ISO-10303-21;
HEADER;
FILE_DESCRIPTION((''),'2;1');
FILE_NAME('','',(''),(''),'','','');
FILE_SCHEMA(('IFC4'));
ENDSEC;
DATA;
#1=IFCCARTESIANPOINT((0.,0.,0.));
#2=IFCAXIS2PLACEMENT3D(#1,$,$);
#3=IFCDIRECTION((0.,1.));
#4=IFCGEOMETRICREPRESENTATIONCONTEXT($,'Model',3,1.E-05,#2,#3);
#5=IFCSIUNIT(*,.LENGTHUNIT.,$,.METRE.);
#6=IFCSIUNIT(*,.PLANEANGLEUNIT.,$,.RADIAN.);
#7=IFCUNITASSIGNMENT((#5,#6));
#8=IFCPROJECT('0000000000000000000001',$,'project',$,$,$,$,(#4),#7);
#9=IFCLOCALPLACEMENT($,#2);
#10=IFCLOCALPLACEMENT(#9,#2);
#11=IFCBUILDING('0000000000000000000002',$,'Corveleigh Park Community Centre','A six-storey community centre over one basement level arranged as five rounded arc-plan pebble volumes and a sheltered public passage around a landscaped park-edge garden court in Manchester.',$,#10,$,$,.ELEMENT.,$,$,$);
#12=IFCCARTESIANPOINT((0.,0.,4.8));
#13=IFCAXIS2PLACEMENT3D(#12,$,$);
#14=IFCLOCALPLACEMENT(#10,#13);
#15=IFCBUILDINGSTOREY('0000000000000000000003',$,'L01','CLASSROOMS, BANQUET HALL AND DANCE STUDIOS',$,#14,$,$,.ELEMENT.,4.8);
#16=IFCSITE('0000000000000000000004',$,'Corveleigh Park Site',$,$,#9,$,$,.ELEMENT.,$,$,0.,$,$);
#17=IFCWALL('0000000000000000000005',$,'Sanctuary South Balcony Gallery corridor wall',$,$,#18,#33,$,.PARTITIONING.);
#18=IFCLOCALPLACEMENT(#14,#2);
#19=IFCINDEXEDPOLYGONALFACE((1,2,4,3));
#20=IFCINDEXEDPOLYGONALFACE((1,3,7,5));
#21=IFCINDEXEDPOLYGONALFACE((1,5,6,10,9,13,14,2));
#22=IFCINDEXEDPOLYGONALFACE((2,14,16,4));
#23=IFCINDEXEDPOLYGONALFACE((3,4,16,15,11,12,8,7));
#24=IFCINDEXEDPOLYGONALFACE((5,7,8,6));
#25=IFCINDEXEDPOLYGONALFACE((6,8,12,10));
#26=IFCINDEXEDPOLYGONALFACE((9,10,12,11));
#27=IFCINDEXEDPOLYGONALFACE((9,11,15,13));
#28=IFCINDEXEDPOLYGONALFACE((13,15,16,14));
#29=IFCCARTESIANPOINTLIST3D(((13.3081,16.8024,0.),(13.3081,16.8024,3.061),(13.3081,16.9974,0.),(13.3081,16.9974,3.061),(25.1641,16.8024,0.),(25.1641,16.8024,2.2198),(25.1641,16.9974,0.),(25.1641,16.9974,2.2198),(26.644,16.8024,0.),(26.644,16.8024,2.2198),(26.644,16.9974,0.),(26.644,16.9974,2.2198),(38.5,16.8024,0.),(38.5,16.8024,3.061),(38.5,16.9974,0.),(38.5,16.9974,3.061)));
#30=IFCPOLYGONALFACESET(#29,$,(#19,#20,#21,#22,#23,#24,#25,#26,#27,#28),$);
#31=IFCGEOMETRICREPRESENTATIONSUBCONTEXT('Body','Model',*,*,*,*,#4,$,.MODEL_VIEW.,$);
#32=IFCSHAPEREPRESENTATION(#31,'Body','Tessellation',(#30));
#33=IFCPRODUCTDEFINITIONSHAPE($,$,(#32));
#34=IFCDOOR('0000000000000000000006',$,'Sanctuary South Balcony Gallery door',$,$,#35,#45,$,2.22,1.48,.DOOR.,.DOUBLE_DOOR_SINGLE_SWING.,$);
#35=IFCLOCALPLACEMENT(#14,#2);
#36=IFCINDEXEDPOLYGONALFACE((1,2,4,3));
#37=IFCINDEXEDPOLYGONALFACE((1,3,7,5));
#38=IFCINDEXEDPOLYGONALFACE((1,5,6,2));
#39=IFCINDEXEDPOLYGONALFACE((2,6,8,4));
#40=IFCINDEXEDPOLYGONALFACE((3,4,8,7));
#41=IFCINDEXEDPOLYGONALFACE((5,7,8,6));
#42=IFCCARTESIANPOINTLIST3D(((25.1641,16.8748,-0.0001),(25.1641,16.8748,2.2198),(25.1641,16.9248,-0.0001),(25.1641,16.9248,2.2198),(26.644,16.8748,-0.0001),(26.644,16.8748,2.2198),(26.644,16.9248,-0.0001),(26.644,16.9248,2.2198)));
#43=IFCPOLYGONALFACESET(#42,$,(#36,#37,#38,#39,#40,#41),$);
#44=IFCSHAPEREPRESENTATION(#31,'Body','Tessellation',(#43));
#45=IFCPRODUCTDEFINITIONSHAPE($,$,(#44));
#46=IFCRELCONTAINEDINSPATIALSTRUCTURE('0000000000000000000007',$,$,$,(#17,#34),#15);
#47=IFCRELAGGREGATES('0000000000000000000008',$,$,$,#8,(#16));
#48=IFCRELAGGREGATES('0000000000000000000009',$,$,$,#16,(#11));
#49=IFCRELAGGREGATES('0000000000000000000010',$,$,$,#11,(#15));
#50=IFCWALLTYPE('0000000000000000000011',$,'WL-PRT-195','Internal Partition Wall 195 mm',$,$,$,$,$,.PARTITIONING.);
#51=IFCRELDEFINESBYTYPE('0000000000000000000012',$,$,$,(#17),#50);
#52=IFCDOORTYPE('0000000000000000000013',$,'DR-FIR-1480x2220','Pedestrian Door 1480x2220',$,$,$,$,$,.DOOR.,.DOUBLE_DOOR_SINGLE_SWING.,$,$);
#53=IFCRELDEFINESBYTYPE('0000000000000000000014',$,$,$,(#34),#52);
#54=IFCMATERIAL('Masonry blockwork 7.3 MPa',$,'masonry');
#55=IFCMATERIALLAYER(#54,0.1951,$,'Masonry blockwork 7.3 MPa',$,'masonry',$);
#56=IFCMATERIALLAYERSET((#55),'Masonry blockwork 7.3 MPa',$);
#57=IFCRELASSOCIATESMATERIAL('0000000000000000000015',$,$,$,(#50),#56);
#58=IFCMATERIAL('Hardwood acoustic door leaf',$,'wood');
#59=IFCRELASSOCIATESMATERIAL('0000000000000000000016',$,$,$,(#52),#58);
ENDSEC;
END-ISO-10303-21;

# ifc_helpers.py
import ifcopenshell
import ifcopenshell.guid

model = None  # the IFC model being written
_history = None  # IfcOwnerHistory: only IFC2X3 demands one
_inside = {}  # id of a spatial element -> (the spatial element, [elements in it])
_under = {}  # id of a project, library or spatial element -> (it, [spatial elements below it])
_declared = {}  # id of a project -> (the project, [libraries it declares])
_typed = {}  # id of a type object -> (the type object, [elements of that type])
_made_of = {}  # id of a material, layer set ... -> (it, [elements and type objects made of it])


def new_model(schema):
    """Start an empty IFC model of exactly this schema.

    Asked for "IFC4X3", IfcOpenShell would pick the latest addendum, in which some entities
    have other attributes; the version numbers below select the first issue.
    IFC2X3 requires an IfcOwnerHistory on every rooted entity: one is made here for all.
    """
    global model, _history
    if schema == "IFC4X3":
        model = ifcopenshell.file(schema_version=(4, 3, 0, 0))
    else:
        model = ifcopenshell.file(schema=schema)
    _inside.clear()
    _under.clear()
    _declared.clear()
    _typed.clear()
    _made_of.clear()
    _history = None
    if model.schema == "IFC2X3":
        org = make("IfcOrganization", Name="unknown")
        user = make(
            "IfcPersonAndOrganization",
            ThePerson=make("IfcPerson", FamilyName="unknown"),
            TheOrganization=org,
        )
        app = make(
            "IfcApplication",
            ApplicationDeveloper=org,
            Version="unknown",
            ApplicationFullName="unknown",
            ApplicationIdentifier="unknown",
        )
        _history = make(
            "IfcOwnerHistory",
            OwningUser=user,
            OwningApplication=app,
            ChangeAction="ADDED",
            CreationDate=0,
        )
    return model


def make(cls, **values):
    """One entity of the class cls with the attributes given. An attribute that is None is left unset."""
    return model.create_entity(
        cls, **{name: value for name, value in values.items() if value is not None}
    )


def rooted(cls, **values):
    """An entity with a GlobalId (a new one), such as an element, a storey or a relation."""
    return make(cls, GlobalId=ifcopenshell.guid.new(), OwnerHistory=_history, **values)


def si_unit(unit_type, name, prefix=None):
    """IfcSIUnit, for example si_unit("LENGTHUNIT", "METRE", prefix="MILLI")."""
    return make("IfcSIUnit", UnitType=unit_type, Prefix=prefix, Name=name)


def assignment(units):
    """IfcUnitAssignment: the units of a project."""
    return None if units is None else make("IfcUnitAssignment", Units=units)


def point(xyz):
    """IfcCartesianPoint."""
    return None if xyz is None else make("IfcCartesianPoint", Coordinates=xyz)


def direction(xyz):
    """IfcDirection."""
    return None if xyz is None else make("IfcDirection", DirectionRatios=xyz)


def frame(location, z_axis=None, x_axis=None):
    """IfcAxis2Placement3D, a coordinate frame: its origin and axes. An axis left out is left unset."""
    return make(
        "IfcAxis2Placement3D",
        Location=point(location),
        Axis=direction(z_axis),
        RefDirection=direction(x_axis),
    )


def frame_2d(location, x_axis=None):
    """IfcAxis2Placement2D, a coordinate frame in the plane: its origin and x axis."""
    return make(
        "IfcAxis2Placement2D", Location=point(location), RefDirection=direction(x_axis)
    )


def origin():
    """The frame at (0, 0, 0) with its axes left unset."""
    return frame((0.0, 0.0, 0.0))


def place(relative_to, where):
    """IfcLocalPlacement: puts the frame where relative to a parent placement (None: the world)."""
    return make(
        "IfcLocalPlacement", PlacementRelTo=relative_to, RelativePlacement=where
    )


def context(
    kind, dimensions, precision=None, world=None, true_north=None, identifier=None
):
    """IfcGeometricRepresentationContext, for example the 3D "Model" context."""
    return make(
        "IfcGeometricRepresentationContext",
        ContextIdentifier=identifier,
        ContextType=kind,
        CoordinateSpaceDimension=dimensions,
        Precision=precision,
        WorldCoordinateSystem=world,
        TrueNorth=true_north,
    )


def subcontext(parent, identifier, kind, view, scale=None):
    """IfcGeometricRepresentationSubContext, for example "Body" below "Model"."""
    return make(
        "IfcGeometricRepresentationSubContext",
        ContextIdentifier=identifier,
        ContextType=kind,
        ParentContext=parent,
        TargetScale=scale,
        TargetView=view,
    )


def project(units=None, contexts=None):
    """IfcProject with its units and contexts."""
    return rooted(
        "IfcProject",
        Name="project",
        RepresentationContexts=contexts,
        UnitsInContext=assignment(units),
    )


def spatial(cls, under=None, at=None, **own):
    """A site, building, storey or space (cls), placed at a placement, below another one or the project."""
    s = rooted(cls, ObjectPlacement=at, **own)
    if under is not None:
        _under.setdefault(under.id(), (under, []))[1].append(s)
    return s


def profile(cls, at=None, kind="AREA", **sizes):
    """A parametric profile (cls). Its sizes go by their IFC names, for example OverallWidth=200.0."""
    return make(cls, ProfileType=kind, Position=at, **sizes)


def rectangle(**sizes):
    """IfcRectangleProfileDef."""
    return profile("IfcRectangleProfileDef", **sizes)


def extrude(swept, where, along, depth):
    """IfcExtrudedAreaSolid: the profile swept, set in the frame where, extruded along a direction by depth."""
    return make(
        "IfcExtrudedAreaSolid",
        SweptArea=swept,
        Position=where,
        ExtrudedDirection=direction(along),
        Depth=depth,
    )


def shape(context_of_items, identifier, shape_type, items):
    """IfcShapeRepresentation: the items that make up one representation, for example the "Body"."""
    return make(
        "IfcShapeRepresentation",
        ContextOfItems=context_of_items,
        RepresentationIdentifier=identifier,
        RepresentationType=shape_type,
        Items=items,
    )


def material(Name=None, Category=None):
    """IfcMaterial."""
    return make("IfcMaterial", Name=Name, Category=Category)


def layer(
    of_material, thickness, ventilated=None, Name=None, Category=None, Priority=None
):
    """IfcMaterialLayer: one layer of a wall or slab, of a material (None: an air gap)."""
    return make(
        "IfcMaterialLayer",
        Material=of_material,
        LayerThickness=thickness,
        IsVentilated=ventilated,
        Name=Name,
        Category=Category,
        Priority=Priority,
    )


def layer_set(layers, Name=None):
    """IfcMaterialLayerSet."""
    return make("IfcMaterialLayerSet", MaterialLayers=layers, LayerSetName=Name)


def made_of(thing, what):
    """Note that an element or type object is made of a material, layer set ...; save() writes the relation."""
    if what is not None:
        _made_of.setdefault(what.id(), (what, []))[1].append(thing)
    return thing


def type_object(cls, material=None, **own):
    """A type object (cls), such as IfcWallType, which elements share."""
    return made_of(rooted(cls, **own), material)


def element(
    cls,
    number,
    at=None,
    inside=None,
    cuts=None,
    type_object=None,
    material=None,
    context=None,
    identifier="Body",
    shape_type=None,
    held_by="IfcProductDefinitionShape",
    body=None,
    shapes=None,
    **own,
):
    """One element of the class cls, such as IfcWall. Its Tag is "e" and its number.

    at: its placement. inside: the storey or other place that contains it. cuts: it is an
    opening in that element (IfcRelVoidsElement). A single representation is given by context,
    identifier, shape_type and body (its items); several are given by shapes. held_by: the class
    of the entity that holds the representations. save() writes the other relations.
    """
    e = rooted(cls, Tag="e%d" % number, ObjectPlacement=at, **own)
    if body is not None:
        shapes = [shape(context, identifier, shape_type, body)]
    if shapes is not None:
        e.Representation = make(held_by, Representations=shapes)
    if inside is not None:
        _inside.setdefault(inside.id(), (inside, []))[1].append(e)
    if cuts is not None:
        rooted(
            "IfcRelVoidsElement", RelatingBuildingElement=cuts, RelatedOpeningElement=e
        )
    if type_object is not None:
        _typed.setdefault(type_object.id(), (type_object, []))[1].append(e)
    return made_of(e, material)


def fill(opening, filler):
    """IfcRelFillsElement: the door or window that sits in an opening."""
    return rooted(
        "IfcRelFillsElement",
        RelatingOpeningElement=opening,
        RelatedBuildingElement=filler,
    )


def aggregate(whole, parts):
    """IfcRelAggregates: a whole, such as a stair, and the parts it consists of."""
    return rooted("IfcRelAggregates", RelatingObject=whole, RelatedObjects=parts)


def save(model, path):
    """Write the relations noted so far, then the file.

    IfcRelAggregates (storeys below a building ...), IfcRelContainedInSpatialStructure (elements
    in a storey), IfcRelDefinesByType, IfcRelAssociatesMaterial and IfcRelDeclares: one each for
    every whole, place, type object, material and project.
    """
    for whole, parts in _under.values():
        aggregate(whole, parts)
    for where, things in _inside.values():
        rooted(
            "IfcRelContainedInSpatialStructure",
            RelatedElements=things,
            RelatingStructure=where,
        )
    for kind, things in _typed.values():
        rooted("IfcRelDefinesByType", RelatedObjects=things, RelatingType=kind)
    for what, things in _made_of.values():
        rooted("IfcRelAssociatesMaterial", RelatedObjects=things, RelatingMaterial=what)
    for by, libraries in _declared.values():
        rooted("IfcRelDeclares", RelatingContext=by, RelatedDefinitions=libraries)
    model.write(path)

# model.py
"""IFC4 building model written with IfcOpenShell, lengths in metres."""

from ifc_helpers import new_model, si_unit, direction, frame, frame_2d, origin, place, context, subcontext, project, spatial, rectangle, extrude, material, layer, layer_set, type_object, element, fill, save


model = new_model("IFC4")

# Units and contexts
model_context = context("Model", 3, precision=1e-05, world=origin(), true_north=direction((0.0, 1.0)))
body_context = subcontext(model_context, "Body", "Model", "MODEL_VIEW")
ifc_project = project(units=[si_unit("LENGTHUNIT", "METRE"), si_unit("PLANEANGLEUNIT", "RADIAN")], contexts=[model_context])

# Site, building, storey
site_placement = place(None, origin())
site = spatial("IfcSite", under=ifc_project, at=site_placement, Name="Corveleigh Park Site", CompositionType="ELEMENT", RefElevation=0.0)
building_placement = place(site_placement, origin())
building = spatial("IfcBuilding", under=site, at=building_placement, Name="Corveleigh Park Community Centre", Description="A six-storey community centre over one basement level arranged as five rounded arc-plan pebble volumes and a sheltered public passage around a landscaped park-edge garden court in Manchester.", CompositionType="ELEMENT")
storey_placement = place(building_placement, frame((0.0, 0.0, 4.8)))
storey = spatial("IfcBuildingStorey", under=building, at=storey_placement, Name="L01", Description="CLASSROOMS, BANQUET HALL AND DANCE STUDIOS", CompositionType="ELEMENT", Elevation=4.8)

# Wall, opening, door
ifc_material_1 = material(Name="Masonry blockwork 7.3 MPa", Category="masonry")
ifc_layer_1 = layer(ifc_material_1, 0.1951, Name="Masonry blockwork 7.3 MPa", Category="masonry")
ifc_layer_set_1 = layer_set([ifc_layer_1], Name="Masonry blockwork 7.3 MPa")
wall_type = type_object("IfcWallType", Name="WL-PRT-195", Description="Internal Partition Wall 195 mm", PredefinedType="PARTITIONING", material=ifc_layer_set_1)
wall_placement = place(storey_placement, frame((13.3081, 16.8999, 0.0), z_axis=(0.0, 0.0, 1.0), x_axis=(1.0, 0.0, 0.0)))
wall = element("IfcWall", 1, at=wall_placement, inside=storey, type_object=wall_type, Name="Sanctuary South Balcony Gallery corridor wall", PredefinedType="PARTITIONING", context=body_context, shape_type="SweptSolid", body=[
    extrude(rectangle(XDim=25.1919, YDim=0.1951, at=frame_2d((12.5959, 0.0))), origin(), (0.0, 0.0, 1.0), 3.061),
])
opening_placement = place(wall_placement, frame((11.856, 0.0, 0.0)))
opening = element("IfcOpeningElement", 2, at=opening_placement, cuts=wall, PredefinedType="OPENING", context=body_context, shape_type="SweptSolid", body=[
    extrude(rectangle(XDim=1.48, YDim=2.22, at=frame_2d((0.74, 1.1099))), frame((0.0, 0.1074, 0.0), z_axis=(0.0, -1.0, 0.0), x_axis=(1.0, 0.0, 0.0)), (0.0, 0.0, 1.0), 0.2151),
])
ifc_material_2 = material(Name="Hardwood acoustic door leaf", Category="wood")
door_type = type_object("IfcDoorType", Name="DR-FIR-1480x2220", Description="Pedestrian Door 1480x2220", OperationType="DOUBLE_DOOR_SINGLE_SWING", PredefinedType="DOOR", material=ifc_material_2)
door_placement = place(opening_placement, origin())
door = element("IfcDoor", 3, at=door_placement, inside=storey, type_object=door_type, Name="Sanctuary South Balcony Gallery door", OperationType="DOUBLE_DOOR_SINGLE_SWING", OverallHeight=2.22, OverallWidth=1.48, PredefinedType="DOOR", context=body_context, shape_type="SweptSolid", body=[
    extrude(rectangle(XDim=1.48, YDim=2.22, at=frame_2d((0.74, 1.1099))), frame((0.0, 0.0249, 0.0), z_axis=(0.0, -1.0, 0.0), x_axis=(1.0, 0.0, 0.0)), (0.0, 0.0, 1.0), 0.05),
])
fill(opening, door)

save(model, "model.ifc")
